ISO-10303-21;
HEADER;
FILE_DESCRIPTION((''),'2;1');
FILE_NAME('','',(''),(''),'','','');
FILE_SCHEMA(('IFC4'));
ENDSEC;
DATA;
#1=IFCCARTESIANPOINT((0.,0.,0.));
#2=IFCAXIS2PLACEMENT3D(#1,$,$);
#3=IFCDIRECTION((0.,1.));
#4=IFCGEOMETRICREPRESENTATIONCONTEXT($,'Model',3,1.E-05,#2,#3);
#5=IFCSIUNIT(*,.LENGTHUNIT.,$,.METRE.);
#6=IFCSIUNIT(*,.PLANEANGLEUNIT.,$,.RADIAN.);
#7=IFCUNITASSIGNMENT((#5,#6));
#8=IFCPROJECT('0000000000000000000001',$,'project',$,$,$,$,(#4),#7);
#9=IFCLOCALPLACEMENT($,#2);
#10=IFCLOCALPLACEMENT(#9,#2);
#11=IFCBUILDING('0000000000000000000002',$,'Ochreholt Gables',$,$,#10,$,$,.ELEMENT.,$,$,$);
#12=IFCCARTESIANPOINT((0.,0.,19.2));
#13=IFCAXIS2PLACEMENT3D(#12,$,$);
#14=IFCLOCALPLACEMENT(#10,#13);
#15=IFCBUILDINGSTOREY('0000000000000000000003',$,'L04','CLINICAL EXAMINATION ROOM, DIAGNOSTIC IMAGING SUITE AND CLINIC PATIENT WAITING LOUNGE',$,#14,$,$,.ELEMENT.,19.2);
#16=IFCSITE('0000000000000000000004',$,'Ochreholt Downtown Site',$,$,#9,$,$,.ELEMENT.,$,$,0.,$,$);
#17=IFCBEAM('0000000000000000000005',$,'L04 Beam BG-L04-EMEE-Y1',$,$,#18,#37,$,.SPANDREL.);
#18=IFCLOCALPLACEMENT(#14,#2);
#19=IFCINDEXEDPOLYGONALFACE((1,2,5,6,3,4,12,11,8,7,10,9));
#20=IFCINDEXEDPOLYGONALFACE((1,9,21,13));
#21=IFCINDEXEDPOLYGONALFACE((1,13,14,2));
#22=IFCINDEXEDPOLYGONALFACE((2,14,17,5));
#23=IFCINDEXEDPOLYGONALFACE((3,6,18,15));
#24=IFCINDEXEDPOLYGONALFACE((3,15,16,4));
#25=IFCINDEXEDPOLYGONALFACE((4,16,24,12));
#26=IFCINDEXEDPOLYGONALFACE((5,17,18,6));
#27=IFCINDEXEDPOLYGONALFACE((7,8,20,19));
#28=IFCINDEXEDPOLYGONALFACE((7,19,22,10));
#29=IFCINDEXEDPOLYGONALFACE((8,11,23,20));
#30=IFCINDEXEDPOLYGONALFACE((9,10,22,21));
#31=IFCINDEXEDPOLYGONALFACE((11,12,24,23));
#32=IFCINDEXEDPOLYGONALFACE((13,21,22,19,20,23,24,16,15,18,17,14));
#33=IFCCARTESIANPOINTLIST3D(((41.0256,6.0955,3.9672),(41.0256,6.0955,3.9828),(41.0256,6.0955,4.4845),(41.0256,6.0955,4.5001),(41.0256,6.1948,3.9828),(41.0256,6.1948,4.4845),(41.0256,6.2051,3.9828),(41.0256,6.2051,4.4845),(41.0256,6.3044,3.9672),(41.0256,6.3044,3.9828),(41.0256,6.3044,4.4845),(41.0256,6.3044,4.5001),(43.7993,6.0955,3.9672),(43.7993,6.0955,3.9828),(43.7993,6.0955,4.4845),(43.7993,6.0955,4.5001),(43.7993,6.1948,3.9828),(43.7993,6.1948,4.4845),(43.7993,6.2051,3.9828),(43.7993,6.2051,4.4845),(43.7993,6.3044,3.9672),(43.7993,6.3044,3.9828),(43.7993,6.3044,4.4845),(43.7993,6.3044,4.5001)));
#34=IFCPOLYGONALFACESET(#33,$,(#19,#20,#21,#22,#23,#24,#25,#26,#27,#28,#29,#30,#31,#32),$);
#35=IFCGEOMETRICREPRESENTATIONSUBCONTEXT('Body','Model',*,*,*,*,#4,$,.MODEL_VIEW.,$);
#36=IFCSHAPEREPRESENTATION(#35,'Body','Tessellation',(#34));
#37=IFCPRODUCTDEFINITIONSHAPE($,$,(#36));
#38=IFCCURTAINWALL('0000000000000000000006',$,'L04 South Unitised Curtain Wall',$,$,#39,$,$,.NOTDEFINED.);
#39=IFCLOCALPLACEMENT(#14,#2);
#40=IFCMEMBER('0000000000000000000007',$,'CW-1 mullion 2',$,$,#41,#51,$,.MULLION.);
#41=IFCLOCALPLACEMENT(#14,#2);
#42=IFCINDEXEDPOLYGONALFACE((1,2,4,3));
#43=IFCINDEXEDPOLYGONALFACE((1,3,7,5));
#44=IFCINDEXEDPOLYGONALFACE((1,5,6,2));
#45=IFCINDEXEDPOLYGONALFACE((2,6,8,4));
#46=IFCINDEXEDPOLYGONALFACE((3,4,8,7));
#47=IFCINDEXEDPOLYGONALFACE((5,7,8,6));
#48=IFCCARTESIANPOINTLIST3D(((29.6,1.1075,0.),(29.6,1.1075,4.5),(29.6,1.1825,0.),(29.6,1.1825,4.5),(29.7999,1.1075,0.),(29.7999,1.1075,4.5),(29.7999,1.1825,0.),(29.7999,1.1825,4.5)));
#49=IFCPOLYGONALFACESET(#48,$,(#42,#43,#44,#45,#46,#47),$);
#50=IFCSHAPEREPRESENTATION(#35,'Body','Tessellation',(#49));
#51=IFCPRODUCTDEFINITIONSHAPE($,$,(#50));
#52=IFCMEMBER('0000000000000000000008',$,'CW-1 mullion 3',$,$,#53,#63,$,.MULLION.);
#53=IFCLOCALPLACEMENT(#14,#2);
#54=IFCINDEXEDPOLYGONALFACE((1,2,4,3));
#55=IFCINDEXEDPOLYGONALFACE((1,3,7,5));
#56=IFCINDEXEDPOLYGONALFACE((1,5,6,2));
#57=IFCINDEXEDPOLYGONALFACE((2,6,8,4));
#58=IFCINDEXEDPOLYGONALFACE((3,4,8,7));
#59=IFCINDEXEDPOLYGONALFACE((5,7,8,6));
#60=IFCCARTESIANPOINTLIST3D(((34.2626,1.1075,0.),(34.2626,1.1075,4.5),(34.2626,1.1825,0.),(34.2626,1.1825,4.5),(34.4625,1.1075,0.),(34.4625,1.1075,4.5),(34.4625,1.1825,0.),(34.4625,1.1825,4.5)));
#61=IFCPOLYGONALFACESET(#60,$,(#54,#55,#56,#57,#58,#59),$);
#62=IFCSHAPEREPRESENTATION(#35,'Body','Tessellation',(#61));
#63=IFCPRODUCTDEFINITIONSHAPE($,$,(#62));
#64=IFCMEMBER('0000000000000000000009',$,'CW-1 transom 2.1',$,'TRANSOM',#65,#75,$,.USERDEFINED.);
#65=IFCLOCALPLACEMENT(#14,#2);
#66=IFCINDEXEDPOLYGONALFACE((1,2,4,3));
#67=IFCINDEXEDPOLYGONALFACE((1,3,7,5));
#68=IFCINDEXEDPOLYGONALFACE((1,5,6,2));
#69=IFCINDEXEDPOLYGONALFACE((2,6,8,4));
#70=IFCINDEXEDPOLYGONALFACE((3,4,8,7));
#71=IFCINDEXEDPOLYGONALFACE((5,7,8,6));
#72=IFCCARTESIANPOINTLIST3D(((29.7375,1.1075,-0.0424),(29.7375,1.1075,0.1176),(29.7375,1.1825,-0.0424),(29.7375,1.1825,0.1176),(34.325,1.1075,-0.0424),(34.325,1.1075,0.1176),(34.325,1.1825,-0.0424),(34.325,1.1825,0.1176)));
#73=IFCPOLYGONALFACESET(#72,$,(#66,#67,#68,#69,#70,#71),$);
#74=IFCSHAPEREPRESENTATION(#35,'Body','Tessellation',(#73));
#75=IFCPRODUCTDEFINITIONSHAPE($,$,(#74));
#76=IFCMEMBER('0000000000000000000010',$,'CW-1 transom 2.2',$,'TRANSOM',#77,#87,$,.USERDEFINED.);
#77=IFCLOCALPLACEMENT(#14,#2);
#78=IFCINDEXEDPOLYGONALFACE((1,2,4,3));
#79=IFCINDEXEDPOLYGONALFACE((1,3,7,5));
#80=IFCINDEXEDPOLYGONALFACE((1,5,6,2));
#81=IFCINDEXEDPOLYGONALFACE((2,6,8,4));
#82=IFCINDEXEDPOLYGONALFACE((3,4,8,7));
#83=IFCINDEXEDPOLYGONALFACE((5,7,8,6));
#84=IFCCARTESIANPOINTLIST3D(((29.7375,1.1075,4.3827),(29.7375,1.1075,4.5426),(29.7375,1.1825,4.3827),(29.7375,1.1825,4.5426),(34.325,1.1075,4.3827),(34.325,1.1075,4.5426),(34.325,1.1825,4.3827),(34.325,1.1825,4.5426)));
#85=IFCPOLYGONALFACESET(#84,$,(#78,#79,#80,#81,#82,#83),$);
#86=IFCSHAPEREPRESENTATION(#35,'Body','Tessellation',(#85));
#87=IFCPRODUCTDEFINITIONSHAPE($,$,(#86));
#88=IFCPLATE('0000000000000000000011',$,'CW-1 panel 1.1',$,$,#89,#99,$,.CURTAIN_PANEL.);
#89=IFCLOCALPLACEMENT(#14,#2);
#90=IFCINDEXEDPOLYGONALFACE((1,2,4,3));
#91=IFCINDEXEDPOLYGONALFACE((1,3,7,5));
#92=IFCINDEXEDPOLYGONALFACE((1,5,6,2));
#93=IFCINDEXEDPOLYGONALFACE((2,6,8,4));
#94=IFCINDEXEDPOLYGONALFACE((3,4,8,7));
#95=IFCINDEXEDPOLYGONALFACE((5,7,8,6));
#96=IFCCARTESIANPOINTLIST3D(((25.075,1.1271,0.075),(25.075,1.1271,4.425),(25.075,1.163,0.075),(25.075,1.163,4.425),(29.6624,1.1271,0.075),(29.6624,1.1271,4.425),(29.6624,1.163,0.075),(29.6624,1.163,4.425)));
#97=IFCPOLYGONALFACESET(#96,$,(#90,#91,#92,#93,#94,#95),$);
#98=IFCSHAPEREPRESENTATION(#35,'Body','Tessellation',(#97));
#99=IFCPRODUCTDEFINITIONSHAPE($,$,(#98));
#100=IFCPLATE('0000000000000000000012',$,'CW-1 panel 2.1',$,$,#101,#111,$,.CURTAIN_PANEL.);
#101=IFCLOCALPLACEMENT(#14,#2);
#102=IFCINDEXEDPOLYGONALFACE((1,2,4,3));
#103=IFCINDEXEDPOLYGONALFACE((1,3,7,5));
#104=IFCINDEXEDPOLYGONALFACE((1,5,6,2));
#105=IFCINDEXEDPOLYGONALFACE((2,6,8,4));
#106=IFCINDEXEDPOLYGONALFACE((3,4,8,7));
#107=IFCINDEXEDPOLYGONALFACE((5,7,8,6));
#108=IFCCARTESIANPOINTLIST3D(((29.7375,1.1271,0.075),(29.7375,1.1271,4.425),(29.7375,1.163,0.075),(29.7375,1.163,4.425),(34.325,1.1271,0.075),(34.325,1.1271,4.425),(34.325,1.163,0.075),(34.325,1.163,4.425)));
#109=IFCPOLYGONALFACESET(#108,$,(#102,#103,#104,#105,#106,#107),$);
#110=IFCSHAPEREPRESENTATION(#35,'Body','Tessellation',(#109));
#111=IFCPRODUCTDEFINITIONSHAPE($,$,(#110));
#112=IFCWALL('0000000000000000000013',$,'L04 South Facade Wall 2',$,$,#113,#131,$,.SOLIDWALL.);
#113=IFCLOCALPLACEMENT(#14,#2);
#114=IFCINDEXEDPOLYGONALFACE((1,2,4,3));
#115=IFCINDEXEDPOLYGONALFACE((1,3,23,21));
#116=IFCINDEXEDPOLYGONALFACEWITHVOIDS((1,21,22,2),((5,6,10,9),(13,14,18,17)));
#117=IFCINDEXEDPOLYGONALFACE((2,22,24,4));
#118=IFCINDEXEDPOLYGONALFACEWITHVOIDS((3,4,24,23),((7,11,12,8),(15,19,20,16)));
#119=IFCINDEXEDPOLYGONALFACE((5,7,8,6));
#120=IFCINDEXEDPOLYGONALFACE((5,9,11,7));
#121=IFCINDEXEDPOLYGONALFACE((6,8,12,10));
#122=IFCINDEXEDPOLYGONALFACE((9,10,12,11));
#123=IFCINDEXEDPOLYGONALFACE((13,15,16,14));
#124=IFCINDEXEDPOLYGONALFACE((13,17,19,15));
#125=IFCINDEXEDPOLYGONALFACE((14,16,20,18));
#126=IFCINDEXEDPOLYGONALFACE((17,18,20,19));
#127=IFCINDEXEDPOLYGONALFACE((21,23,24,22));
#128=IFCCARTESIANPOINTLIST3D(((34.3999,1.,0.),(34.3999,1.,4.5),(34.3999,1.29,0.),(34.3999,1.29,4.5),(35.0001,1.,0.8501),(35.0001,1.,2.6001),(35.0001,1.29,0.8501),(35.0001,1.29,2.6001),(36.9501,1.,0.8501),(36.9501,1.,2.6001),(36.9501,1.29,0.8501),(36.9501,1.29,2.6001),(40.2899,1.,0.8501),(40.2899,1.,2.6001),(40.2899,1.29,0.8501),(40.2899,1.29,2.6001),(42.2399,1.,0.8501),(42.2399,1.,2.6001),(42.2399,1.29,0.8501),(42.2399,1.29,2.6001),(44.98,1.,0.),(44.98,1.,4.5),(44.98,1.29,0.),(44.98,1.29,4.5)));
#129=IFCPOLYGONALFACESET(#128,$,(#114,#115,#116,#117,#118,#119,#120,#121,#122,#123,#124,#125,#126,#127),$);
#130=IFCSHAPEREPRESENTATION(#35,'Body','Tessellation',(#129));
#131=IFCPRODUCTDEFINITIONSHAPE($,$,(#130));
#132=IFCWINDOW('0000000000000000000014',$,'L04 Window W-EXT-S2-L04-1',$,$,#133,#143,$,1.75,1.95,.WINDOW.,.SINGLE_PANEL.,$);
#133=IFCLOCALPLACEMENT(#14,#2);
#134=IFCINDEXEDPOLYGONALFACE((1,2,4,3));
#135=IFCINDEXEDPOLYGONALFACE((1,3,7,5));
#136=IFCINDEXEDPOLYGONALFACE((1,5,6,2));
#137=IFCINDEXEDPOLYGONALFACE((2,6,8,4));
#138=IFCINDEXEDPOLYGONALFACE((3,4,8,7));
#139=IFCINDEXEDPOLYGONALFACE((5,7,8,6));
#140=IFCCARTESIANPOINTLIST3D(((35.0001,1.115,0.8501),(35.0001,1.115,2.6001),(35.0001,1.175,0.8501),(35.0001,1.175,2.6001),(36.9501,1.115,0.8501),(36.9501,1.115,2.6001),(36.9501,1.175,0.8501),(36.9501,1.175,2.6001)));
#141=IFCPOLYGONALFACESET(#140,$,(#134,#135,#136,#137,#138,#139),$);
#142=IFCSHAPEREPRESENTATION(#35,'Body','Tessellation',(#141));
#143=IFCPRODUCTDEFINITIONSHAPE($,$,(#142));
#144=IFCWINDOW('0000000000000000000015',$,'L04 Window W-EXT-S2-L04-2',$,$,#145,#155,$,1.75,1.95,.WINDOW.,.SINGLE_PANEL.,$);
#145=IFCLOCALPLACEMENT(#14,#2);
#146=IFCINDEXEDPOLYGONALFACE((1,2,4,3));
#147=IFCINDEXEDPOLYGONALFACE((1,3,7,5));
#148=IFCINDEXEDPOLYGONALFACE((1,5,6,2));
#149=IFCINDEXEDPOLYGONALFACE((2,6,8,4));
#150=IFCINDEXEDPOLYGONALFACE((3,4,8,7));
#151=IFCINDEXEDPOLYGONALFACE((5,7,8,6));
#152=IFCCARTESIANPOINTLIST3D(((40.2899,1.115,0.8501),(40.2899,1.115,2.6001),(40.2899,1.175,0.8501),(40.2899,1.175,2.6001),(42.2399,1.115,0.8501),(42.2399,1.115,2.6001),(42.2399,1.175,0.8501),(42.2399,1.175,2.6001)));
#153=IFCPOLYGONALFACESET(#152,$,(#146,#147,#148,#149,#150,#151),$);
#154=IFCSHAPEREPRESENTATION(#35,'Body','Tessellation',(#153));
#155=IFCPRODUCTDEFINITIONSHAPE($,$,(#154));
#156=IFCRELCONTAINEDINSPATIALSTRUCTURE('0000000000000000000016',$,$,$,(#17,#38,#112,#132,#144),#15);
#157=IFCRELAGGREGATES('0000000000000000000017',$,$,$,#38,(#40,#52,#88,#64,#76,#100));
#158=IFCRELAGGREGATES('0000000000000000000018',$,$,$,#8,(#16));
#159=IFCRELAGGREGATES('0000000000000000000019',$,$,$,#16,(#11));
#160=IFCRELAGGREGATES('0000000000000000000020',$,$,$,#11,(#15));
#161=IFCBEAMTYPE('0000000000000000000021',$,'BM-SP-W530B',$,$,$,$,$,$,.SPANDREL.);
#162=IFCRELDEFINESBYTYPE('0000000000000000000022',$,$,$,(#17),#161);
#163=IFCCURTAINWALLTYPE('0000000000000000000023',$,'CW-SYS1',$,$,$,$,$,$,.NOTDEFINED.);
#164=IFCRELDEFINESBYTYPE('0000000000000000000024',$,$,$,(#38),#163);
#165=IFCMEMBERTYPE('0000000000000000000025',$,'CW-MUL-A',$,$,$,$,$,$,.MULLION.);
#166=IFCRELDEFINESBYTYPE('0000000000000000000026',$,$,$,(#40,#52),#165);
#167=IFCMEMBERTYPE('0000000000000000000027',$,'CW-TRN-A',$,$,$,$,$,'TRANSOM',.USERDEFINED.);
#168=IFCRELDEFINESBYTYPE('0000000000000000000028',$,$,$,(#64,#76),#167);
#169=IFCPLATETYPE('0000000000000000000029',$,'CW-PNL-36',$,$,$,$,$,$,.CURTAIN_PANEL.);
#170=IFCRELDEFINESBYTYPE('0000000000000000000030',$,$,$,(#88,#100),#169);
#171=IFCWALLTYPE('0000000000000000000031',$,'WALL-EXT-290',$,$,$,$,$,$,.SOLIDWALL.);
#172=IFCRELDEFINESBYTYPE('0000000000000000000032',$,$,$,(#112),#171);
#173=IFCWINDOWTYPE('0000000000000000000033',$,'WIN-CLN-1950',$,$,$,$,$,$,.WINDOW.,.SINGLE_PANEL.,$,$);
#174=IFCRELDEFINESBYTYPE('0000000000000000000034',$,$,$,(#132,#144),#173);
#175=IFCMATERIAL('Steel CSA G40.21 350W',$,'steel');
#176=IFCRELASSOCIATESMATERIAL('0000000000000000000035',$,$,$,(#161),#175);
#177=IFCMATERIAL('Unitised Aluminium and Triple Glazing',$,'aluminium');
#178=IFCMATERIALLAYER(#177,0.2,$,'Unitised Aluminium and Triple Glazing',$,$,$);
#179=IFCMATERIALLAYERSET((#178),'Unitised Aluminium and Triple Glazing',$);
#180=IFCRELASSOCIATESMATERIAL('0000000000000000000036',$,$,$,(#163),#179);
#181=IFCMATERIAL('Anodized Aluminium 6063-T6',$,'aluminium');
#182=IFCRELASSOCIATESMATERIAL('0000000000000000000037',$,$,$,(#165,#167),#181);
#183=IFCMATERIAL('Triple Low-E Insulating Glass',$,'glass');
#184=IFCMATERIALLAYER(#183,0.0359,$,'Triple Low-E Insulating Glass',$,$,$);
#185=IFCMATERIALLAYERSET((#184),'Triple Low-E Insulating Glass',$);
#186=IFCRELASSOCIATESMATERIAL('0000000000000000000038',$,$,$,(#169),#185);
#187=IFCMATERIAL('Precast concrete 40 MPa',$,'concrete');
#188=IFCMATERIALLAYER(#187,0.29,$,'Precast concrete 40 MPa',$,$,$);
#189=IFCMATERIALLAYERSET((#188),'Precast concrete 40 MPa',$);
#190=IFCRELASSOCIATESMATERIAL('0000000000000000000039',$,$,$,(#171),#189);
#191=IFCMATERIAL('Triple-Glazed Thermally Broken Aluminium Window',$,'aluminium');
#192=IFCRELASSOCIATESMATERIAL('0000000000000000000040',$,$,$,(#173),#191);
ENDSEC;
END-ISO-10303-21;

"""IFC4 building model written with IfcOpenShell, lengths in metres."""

from ifc_helpers import new_model, si_unit, direction, frame, frame_2d, origin, origin_2d, place, context, subcontext, project, spatial, rectangle, i_section, extrude, material, layer, layer_set, material_profile, profile_set, type_object, element, fill, aggregate, save


model = new_model("IFC4")

# Units and contexts
model_context = context("Model", 3, precision=1e-05, world=origin(), true_north=direction((0.0, 1.0)))
body_context = subcontext(model_context, "Body", "Model", "MODEL_VIEW")
ifc_project = project(units=[si_unit("LENGTHUNIT", "METRE"), si_unit("PLANEANGLEUNIT", "RADIAN")], contexts=[model_context])

# Site, building, storey
site_placement = place(None, origin())
site = spatial("IfcSite", under=ifc_project, at=site_placement, Name="Ochreholt Downtown Site", CompositionType="ELEMENT", RefElevation=0.0)
building_placement = place(site_placement, origin())
building = spatial("IfcBuilding", under=site, at=building_placement, Name="Ochreholt Gables", CompositionType="ELEMENT")
storey_placement = place(building_placement, frame((0.0, 0.0, 19.2)))
storey = spatial("IfcBuildingStorey", under=building, at=storey_placement, Name="L04", Description="CLINICAL EXAMINATION ROOM, DIAGNOSTIC IMAGING SUITE AND CLINIC PATIENT WAITING LOUNGE", CompositionType="ELEMENT", Elevation=19.2)

# Shared definitions
ifc_material_1 = material(Name="Steel CSA G40.21 350W", Category="steel")

# Beam
ifc_material_profile_1 = material_profile(ifc_material_1, i_section(OverallWidth=0.209, OverallDepth=0.533, WebThickness=0.0103, FlangeThickness=0.0156, at=origin_2d()), Name="W530X92")
ifc_profile_set_1 = profile_set([ifc_material_profile_1], Name="Steel CSA G40.21 350W")
beam_type_1 = type_object("IfcBeamType", Name="BM-SP-W530B", PredefinedType="SPANDREL", material=ifc_profile_set_1)
beam_1_placement = place(storey_placement, frame((41.0256, 6.2, 4.2336), z_axis=(1.0, 0.0, 0.0), x_axis=(0.0, 1.0, 0.0)))
element("IfcBeam", 1, at=beam_1_placement, inside=storey, type_object=beam_type_1, Name="L04 Beam BG-L04-EMEE-Y1", PredefinedType="SPANDREL", context=body_context, shape_type="SweptSolid", body=[
    extrude(i_section(OverallWidth=0.209, OverallDepth=0.533, WebThickness=0.0103, FlangeThickness=0.0156, at=origin_2d()), origin(), (0.0, 0.0, 1.0), 2.7737),
])

# Curtain wall, members, plates
ifc_material_2 = material(Name="Unitised Aluminium and Triple Glazing", Category="aluminium")
ifc_layer_1 = layer(ifc_material_2, 0.2, Name="Unitised Aluminium and Triple Glazing")
ifc_layer_set_1 = layer_set([ifc_layer_1], Name="Unitised Aluminium and Triple Glazing")
curtain_wall_type = type_object("IfcCurtainWallType", Name="CW-SYS1", PredefinedType="NOTDEFINED", material=ifc_layer_set_1)
curtain_wall_placement = place(storey_placement, origin())
curtain_wall = element("IfcCurtainWall", 2, at=curtain_wall_placement, inside=storey, type_object=curtain_wall_type, Name="L04 South Unitised Curtain Wall", PredefinedType="NOTDEFINED")
ifc_material_3 = material(Name="Anodized Aluminium 6063-T6", Category="aluminium")
ifc_material_profile_2 = material_profile(ifc_material_3, rectangle(XDim=0.075, YDim=0.2, at=origin_2d()), Name="CWM75X200")
ifc_profile_set_2 = profile_set([ifc_material_profile_2], Name="Anodized Aluminium 6063-T6")
member_type_1 = type_object("IfcMemberType", Name="CW-MUL-A", PredefinedType="MULLION", material=ifc_profile_set_2)
member_1_placement = place(storey_placement, frame((29.7, 1.145, 0.0), z_axis=(0.0, 0.0, 1.0), x_axis=(0.0, 1.0, 0.0)))
member_1 = element("IfcMember", 3, at=member_1_placement, type_object=member_type_1, Name="CW-1 mullion 2", PredefinedType="MULLION", context=body_context, shape_type="SweptSolid", body=[
    extrude(rectangle(XDim=0.075, YDim=0.2, at=origin_2d()), origin(), (0.0, 0.0, 1.0), 4.5),
])
member_2_placement = place(storey_placement, frame((34.3625, 1.145, 0.0), z_axis=(0.0, 0.0, 1.0), x_axis=(0.0, 1.0, 0.0)))
member_2 = element("IfcMember", 4, at=member_2_placement, type_object=member_type_1, Name="CW-1 mullion 3", PredefinedType="MULLION", context=body_context, shape_type="SweptSolid", body=[
    extrude(rectangle(XDim=0.075, YDim=0.2, at=origin_2d()), origin(), (0.0, 0.0, 1.0), 4.5),
])
ifc_material_profile_3 = material_profile(ifc_material_3, rectangle(XDim=0.075, YDim=0.1599, at=origin_2d()), Name="CWT75X160")
ifc_profile_set_3 = profile_set([ifc_material_profile_3], Name="Anodized Aluminium 6063-T6")
member_type_2 = type_object("IfcMemberType", Name="CW-TRN-A", ElementType="TRANSOM", PredefinedType="USERDEFINED", material=ifc_profile_set_3)
member_3_placement = place(storey_placement, frame((29.7375, 1.145, 0.0376), z_axis=(1.0, 0.0, 0.0), x_axis=(0.0, 1.0, 0.0)))
member_3 = element("IfcMember", 5, at=member_3_placement, type_object=member_type_2, Name="CW-1 transom 2.1", ObjectType="TRANSOM", PredefinedType="USERDEFINED", context=body_context, shape_type="SweptSolid", body=[
    extrude(rectangle(XDim=0.075, YDim=0.1599, at=origin_2d()), origin(), (0.0, 0.0, 1.0), 4.5874),
])
member_4_placement = place(storey_placement, frame((29.7375, 1.145, 4.4626), z_axis=(1.0, 0.0, 0.0), x_axis=(0.0, 1.0, 0.0)))
member_4 = element("IfcMember", 6, at=member_4_placement, type_object=member_type_2, Name="CW-1 transom 2.2", ObjectType="TRANSOM", PredefinedType="USERDEFINED", context=body_context, shape_type="SweptSolid", body=[
    extrude(rectangle(XDim=0.075, YDim=0.1599, at=origin_2d()), origin(), (0.0, 0.0, 1.0), 4.5874),
])
ifc_material_4 = material(Name="Triple Low-E Insulating Glass", Category="glass")
ifc_layer_2 = layer(ifc_material_4, 0.0359, Name="Triple Low-E Insulating Glass")
ifc_layer_set_2 = layer_set([ifc_layer_2], Name="Triple Low-E Insulating Glass")
plate_type = type_object("IfcPlateType", Name="CW-PNL-36", PredefinedType="CURTAIN_PANEL", material=ifc_layer_set_2)
plate_1_placement = place(storey_placement, frame((27.3687, 1.145, 0.075), z_axis=(0.0, 0.0, 1.0), x_axis=(1.0, 0.0, 0.0)))
plate_1 = element("IfcPlate", 7, at=plate_1_placement, type_object=plate_type, Name="CW-1 panel 1.1", PredefinedType="CURTAIN_PANEL", context=body_context, shape_type="SweptSolid", body=[
    extrude(rectangle(XDim=4.5874, YDim=0.0359, at=origin_2d()), origin(), (0.0, 0.0, 1.0), 4.3501),
])
plate_2_placement = place(storey_placement, frame((32.0312, 1.145, 0.075), z_axis=(0.0, 0.0, 1.0), x_axis=(1.0, 0.0, 0.0)))
plate_2 = element("IfcPlate", 8, at=plate_2_placement, type_object=plate_type, Name="CW-1 panel 2.1", PredefinedType="CURTAIN_PANEL", context=body_context, shape_type="SweptSolid", body=[
    extrude(rectangle(XDim=4.5874, YDim=0.0359, at=origin_2d()), origin(), (0.0, 0.0, 1.0), 4.3501),
])
aggregate(curtain_wall, [member_1, member_2, plate_1, member_3, member_4, plate_2])

# Wall, openings, windows
ifc_material_5 = material(Name="Precast concrete 40 MPa", Category="concrete")
ifc_layer_3 = layer(ifc_material_5, 0.29, Name="Precast concrete 40 MPa")
ifc_layer_set_3 = layer_set([ifc_layer_3], Name="Precast concrete 40 MPa")
wall_type_1 = type_object("IfcWallType", Name="WALL-EXT-290", PredefinedType="SOLIDWALL", material=ifc_layer_set_3)
wall_1_placement = place(storey_placement, frame((34.3999, 1.145, 0.0), z_axis=(0.0, 0.0, 1.0), x_axis=(1.0, 0.0, 0.0)))
wall_1 = element("IfcWall", 9, at=wall_1_placement, inside=storey, type_object=wall_type_1, Name="L04 South Facade Wall 2", PredefinedType="SOLIDWALL", context=body_context, shape_type="SweptSolid", body=[
    extrude(rectangle(XDim=10.5801, YDim=0.29, at=frame_2d((5.29, 0.0))), origin(), (0.0, 0.0, 1.0), 4.5),
])
opening_1_placement = place(wall_1_placement, frame((0.6001, 0.0, 0.8501)))
opening_1 = element("IfcOpeningElement", 10, at=opening_1_placement, cuts=wall_1, PredefinedType="OPENING", context=body_context, shape_type="SweptSolid", body=[
    extrude(rectangle(XDim=1.95, YDim=1.75, at=frame_2d((0.9751, 0.875))), frame((0.0, 0.155, 0.0), z_axis=(0.0, -1.0, 0.0), x_axis=(1.0, 0.0, 0.0)), (0.0, 0.0, 1.0), 0.3101),
])
opening_2_placement = place(wall_1_placement, frame((5.8899, 0.0, 0.8501)))
opening_2 = element("IfcOpeningElement", 11, at=opening_2_placement, cuts=wall_1, PredefinedType="OPENING", context=body_context, shape_type="SweptSolid", body=[
    extrude(rectangle(XDim=1.95, YDim=1.75, at=frame_2d((0.9751, 0.875))), frame((0.0, 0.155, 0.0), z_axis=(0.0, -1.0, 0.0), x_axis=(1.0, 0.0, 0.0)), (0.0, 0.0, 1.0), 0.3101),
])
ifc_material_6 = material(Name="Triple-Glazed Thermally Broken Aluminium Window", Category="aluminium")
window_type = type_object("IfcWindowType", Name="WIN-CLN-1950", PartitioningType="SINGLE_PANEL", PredefinedType="WINDOW", material=ifc_material_6)
window_1_placement = place(opening_1_placement, origin())
window_1 = element("IfcWindow", 12, at=window_1_placement, inside=storey, type_object=window_type, Name="L04 Window W-EXT-S2-L04-1", OverallHeight=1.75, OverallWidth=1.95, PartitioningType="SINGLE_PANEL", PredefinedType="WINDOW", context=body_context, shape_type="SweptSolid", body=[
    extrude(rectangle(XDim=1.95, YDim=1.75, at=frame_2d((0.9751, 0.875))), frame((0.0, 0.03, 0.0), z_axis=(0.0, -1.0, 0.0), x_axis=(1.0, 0.0, 0.0)), (0.0, 0.0, 1.0), 0.0601),
])
fill(opening_1, window_1)
window_2_placement = place(opening_2_placement, origin())
window_2 = element("IfcWindow", 13, at=window_2_placement, inside=storey, type_object=window_type, Name="L04 Window W-EXT-S2-L04-2", OverallHeight=1.75, OverallWidth=1.95, PartitioningType="SINGLE_PANEL", PredefinedType="WINDOW", context=body_context, shape_type="SweptSolid", body=[
    extrude(rectangle(XDim=1.95, YDim=1.75, at=frame_2d((0.9751, 0.875))), frame((0.0, 0.03, 0.0), z_axis=(0.0, -1.0, 0.0), x_axis=(1.0, 0.0, 0.0)), (0.0, 0.0, 1.0), 0.0601),
])
fill(opening_2, window_2)

save(model, "model.ifc")
